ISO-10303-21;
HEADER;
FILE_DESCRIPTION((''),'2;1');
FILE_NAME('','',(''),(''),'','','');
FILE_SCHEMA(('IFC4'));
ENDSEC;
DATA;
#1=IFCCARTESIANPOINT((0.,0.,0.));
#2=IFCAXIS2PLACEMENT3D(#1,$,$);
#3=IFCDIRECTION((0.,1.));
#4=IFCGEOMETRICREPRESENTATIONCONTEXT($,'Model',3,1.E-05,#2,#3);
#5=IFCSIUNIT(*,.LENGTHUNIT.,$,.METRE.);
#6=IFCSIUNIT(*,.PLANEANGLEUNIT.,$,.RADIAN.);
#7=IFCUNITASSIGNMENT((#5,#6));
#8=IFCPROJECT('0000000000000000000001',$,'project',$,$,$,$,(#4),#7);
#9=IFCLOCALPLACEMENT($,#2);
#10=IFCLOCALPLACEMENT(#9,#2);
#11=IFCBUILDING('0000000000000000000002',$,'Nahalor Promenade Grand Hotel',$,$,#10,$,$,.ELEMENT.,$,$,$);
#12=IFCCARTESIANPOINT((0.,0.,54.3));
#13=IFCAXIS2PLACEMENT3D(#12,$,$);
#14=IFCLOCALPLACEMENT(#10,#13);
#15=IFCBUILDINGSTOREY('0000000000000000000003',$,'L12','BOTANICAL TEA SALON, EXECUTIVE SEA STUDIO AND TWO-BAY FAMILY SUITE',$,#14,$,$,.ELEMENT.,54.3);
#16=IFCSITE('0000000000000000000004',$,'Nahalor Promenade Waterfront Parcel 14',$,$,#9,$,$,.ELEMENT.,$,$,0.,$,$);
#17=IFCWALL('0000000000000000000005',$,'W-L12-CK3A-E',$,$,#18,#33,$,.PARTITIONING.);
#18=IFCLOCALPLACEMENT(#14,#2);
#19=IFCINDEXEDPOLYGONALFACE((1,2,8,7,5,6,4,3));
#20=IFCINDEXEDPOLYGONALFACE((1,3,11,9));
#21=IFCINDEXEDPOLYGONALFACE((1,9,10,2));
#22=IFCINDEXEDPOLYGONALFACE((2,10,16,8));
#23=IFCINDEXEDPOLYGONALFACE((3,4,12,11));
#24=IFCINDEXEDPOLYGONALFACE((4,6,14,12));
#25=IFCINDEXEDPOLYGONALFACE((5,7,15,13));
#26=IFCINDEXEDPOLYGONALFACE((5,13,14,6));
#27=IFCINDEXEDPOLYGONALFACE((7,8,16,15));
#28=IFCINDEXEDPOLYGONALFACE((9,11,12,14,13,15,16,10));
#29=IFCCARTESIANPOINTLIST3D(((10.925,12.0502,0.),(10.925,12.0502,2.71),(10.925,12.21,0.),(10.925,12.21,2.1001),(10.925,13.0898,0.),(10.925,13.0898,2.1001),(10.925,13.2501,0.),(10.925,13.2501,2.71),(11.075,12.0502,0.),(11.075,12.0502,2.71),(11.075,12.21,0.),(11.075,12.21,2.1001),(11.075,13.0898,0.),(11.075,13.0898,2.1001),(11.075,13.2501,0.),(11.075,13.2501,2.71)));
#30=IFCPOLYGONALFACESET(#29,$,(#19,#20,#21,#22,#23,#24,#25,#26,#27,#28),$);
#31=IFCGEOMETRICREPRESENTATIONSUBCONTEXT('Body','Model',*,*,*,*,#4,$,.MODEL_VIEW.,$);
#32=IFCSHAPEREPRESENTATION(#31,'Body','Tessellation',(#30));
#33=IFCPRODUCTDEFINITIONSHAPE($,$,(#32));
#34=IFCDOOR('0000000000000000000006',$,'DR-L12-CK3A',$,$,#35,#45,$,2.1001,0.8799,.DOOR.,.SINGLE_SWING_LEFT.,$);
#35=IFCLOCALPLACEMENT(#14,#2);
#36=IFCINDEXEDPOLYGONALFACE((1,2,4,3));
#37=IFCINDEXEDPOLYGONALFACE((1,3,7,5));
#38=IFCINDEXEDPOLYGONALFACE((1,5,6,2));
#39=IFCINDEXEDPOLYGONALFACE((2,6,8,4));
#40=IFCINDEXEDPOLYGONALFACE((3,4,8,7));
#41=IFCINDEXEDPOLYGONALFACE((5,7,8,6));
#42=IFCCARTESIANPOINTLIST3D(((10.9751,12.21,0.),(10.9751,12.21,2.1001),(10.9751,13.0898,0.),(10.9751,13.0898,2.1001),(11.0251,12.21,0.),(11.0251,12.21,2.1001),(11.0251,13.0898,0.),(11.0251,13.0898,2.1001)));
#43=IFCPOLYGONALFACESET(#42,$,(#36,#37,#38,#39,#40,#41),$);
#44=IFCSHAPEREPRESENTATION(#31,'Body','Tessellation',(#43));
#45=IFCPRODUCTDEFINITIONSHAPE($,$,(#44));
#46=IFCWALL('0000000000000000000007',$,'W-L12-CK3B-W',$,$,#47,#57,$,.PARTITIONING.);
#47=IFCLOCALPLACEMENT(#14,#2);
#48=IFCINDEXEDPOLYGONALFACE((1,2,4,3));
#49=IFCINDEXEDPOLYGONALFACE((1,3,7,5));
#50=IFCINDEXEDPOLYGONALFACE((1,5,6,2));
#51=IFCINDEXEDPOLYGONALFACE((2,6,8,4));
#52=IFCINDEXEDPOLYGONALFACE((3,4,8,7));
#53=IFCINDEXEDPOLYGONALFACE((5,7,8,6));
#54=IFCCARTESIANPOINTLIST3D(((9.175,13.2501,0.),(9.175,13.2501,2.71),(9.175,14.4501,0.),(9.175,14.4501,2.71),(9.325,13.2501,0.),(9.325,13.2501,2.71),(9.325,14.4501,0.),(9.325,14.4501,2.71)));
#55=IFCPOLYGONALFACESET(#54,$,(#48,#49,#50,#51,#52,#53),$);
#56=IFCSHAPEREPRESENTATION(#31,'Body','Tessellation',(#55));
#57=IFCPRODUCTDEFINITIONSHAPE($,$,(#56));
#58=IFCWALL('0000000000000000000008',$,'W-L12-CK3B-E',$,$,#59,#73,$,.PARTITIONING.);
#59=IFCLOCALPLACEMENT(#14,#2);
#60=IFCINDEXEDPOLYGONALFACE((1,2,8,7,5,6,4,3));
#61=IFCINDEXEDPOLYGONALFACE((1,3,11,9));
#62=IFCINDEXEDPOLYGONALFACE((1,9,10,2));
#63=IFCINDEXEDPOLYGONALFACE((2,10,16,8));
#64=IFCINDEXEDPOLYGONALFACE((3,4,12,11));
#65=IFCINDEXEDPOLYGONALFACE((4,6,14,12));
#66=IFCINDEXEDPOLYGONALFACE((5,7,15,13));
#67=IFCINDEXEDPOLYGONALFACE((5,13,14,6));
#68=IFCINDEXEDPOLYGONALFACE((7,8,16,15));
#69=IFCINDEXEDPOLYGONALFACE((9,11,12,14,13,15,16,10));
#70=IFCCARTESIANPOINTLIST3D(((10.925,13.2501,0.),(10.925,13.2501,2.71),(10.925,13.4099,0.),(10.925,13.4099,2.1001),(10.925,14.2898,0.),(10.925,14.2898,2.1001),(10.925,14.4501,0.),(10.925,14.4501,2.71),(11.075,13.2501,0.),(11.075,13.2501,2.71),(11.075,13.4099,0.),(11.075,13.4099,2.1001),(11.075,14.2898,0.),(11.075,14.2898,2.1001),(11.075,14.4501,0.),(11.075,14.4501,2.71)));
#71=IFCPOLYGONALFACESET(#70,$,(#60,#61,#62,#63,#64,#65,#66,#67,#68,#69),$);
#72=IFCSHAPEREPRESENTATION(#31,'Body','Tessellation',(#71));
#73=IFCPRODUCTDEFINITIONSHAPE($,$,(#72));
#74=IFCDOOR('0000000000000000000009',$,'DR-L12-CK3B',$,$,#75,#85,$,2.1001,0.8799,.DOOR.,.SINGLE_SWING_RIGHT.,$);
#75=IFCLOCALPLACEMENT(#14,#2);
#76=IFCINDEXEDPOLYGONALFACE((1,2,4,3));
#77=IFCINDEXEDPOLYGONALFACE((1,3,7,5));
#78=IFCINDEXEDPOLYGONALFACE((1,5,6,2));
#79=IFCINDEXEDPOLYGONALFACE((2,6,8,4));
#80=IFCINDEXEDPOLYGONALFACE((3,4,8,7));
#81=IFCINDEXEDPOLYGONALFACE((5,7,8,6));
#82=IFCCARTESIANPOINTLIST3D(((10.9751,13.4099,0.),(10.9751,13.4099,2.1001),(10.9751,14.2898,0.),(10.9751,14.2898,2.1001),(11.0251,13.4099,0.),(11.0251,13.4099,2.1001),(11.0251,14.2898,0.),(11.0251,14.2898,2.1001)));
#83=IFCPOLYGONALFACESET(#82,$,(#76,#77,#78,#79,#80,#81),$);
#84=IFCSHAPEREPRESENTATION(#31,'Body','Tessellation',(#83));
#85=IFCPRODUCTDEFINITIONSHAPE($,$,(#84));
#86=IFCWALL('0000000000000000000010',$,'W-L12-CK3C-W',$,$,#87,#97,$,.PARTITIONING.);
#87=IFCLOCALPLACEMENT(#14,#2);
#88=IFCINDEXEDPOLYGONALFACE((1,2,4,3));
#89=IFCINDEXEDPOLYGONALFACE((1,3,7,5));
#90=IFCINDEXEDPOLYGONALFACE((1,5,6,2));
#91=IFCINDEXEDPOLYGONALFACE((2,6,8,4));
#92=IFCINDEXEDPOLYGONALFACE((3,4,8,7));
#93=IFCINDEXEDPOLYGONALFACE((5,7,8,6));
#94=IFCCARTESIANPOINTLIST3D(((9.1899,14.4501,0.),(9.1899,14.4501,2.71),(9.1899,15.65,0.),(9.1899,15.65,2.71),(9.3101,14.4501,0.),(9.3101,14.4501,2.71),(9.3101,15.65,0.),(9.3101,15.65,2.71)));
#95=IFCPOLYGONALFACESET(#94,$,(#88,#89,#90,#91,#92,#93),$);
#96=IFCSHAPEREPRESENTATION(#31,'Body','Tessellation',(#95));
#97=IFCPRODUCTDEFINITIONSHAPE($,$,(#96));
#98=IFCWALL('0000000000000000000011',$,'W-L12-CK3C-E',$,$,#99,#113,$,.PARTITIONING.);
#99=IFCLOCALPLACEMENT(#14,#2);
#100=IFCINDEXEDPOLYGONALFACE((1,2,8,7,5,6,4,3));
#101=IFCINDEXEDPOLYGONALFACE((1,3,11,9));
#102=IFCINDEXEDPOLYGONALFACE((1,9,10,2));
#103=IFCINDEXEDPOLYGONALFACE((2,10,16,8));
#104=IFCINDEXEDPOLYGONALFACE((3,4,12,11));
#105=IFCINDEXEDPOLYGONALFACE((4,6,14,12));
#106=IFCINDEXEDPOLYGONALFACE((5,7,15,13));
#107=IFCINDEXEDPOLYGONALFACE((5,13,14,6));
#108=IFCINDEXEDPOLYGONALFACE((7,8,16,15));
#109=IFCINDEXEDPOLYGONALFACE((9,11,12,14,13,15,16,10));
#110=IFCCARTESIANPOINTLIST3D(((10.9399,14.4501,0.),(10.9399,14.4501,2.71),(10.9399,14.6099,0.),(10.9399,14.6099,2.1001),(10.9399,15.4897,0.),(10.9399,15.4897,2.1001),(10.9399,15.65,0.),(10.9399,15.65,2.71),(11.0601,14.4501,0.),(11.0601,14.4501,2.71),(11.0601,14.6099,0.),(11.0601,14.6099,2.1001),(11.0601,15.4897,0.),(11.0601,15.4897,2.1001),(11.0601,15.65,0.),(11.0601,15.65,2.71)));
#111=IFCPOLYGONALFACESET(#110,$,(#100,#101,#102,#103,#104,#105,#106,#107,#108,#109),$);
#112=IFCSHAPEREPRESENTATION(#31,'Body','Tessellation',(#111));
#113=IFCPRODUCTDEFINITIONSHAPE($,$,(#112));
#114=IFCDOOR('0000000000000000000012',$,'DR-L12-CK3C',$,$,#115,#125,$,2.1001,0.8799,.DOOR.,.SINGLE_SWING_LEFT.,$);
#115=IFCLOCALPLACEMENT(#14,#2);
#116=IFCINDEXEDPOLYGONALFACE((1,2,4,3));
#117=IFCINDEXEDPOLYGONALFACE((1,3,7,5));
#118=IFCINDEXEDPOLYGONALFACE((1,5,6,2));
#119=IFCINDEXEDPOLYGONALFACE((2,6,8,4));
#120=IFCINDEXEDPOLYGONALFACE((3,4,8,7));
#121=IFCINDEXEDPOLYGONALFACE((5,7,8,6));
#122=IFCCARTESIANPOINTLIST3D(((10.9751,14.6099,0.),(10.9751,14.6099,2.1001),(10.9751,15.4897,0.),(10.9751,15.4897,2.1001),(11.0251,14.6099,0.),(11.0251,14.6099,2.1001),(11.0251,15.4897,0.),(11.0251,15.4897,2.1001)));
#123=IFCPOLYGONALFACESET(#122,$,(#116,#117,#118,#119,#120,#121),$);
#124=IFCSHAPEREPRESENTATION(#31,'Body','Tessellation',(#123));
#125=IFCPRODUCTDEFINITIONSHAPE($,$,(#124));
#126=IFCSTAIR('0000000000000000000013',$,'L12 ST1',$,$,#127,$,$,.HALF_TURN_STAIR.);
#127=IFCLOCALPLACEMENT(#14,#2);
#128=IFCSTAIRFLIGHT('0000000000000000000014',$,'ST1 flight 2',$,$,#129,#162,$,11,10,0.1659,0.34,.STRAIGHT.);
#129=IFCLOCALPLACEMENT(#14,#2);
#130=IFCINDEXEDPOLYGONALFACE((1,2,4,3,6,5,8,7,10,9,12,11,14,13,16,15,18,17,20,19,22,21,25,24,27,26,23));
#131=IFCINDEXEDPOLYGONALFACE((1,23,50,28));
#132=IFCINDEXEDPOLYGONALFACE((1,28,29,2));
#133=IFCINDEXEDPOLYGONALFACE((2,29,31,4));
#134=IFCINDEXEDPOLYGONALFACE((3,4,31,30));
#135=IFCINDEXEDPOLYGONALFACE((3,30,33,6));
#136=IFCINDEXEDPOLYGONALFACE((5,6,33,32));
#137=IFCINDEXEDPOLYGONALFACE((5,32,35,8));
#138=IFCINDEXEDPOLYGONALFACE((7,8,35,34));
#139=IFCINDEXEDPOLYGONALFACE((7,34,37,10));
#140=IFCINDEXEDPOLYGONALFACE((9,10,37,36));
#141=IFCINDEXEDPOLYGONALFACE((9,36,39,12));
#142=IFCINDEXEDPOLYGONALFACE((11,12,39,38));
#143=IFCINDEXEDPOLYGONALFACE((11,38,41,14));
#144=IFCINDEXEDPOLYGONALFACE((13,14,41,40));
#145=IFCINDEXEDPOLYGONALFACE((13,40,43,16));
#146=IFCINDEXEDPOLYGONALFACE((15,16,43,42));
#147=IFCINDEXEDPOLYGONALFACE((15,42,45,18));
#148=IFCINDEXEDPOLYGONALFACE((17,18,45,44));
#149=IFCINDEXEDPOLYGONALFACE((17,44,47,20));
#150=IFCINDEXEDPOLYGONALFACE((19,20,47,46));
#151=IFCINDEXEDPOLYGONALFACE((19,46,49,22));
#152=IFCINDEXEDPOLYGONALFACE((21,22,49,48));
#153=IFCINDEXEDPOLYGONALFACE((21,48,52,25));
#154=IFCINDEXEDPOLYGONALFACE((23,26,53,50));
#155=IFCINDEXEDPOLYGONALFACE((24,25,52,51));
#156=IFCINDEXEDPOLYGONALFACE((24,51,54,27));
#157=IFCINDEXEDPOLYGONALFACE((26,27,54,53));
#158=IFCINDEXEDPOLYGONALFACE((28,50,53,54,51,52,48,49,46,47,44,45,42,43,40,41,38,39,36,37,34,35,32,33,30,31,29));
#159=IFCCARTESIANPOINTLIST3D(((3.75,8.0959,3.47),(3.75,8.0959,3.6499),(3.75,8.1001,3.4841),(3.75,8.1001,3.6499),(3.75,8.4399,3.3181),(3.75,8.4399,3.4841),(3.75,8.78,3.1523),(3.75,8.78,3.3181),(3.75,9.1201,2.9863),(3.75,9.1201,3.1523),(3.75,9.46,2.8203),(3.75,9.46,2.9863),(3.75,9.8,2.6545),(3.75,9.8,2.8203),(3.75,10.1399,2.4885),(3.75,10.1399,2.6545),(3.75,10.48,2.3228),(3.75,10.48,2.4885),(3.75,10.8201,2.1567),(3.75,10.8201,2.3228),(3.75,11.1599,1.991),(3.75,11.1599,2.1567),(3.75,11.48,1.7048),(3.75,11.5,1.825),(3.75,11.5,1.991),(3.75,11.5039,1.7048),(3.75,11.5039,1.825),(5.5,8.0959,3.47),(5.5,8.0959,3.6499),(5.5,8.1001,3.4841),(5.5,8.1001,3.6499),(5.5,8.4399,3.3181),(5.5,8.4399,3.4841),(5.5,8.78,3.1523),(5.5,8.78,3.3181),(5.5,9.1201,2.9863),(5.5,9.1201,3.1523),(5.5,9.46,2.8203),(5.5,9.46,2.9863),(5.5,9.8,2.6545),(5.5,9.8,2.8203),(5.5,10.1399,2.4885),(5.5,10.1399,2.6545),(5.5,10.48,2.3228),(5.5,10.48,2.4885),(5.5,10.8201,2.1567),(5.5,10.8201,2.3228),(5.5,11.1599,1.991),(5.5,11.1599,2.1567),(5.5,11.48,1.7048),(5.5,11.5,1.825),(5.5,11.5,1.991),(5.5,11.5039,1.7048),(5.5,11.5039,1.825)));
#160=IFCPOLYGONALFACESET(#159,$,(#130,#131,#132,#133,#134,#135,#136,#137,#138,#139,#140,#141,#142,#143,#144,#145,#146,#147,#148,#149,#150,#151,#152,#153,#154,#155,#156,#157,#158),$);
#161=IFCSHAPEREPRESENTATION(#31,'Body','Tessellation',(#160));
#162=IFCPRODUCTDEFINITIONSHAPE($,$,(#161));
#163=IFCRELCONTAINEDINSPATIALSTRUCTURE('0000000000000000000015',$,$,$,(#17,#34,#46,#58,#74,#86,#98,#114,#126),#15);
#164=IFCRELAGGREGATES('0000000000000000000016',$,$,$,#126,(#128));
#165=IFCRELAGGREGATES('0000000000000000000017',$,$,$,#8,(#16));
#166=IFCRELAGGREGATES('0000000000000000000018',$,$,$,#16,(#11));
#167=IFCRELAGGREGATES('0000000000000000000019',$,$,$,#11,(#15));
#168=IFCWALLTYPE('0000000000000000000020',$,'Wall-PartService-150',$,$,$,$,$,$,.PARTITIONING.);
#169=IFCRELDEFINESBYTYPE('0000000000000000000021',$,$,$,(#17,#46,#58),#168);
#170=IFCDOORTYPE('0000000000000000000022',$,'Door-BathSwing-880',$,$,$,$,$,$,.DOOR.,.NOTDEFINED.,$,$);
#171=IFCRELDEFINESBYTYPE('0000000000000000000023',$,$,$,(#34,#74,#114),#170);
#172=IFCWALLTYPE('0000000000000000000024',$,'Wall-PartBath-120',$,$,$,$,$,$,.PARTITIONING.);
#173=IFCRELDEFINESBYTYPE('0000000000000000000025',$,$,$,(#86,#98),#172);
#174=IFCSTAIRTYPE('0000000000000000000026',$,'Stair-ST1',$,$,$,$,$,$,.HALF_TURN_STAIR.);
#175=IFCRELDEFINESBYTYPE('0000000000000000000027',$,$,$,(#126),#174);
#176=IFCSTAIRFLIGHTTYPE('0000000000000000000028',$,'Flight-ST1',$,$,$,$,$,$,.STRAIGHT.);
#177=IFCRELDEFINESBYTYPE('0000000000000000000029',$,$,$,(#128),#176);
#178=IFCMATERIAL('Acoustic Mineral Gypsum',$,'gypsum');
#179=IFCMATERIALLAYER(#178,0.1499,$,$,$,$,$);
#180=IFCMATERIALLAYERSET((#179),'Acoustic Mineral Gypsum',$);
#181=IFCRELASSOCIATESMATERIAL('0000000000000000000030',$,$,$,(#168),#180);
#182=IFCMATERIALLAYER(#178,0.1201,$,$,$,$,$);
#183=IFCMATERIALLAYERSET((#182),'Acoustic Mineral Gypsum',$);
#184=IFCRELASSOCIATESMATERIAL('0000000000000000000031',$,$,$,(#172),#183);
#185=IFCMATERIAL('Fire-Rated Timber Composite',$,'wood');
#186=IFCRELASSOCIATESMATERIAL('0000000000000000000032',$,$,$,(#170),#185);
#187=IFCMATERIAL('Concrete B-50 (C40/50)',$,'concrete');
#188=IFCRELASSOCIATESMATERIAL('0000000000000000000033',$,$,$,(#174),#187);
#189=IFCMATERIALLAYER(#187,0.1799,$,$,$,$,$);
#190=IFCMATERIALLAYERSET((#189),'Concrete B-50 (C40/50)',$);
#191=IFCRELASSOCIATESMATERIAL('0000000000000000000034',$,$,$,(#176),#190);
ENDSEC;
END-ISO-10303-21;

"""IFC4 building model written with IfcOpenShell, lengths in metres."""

from ifc_helpers import new_model, si_unit, direction, frame, frame_2d, origin, place, context, subcontext, project, spatial, polyline, rectangle, outline, extrude, source, transform, mapped, material, layer, layer_set, type_object, element, fill, aggregate, save


model = new_model("IFC4")

# Units and contexts
model_context = context("Model", 3, precision=1e-05, world=origin(), true_north=direction((0.0, 1.0)))
body_context = subcontext(model_context, "Body", "Model", "MODEL_VIEW")
ifc_project = project(units=[si_unit("LENGTHUNIT", "METRE"), si_unit("PLANEANGLEUNIT", "RADIAN")], contexts=[model_context])

# Site, building, storey
site_placement = place(None, origin())
site = spatial("IfcSite", under=ifc_project, at=site_placement, Name="Nahalor Promenade Waterfront Parcel 14", CompositionType="ELEMENT", RefElevation=0.0)
building_placement = place(site_placement, origin())
building = spatial("IfcBuilding", under=site, at=building_placement, Name="Nahalor Promenade Grand Hotel", CompositionType="ELEMENT")
storey_placement = place(building_placement, frame((0.0, 0.0, 54.3)))
storey = spatial("IfcBuildingStorey", under=building, at=storey_placement, Name="L12", Description="BOTANICAL TEA SALON, EXECUTIVE SEA STUDIO AND TWO-BAY FAMILY SUITE", CompositionType="ELEMENT", Elevation=54.3)

# Shared definitions
ifc_material_1 = material(Name="Concrete B-50 (C40/50)", Category="concrete")
ifc_material_2 = material(Name="Acoustic Mineral Gypsum", Category="gypsum")
ifc_layer_1 = layer(ifc_material_2, 0.1499)
ifc_layer_set_1 = layer_set([ifc_layer_1], Name="Acoustic Mineral Gypsum")
wall_type_1 = type_object("IfcWallType", Name="Wall-PartService-150", PredefinedType="PARTITIONING", material=ifc_layer_set_1)
ifc_layer_2 = layer(ifc_material_2, 0.1201)
ifc_layer_set_2 = layer_set([ifc_layer_2], Name="Acoustic Mineral Gypsum")
wall_type_2 = type_object("IfcWallType", Name="Wall-PartBath-120", PredefinedType="PARTITIONING", material=ifc_layer_set_2)
shared_shape_1 = source(origin(), body_context, "Body", "SweptSolid", [
    extrude(rectangle(XDim=1.2, YDim=0.1499, at=frame_2d((0.6001, 0.0))), origin(), (0.0, 0.0, 1.0), 2.71),
])

# Wall, opening, door
wall_1_placement = place(storey_placement, frame((11.0, 12.05, 0.0), z_axis=(0.0, 0.0, 1.0), x_axis=(0.0, 1.0, 0.0)))
wall_1 = element("IfcWall", 1, at=wall_1_placement, inside=storey, type_object=wall_type_1, Name="W-L12-CK3A-E", PredefinedType="PARTITIONING", context=body_context, shape_type="MappedRepresentation", body=[
    mapped(shared_shape_1, transform((0.0, 0.0, 0.0), scale=1.0)),
])
opening_1_placement = place(wall_1_placement, frame((0.1599, 0.0, 0.0)))
opening_1 = element("IfcOpeningElement", 2, at=opening_1_placement, cuts=wall_1, PredefinedType="OPENING", context=body_context, shape_type="SweptSolid", body=[
    extrude(rectangle(XDim=0.8799, YDim=2.1001, at=frame_2d((0.4399, 1.05))), frame((0.0, 0.085, 0.0), z_axis=(0.0, -1.0, 0.0), x_axis=(1.0, 0.0, 0.0)), (0.0, 0.0, 1.0), 0.1699),
])
ifc_material_3 = material(Name="Fire-Rated Timber Composite", Category="wood")
door_type = type_object("IfcDoorType", Name="Door-BathSwing-880", OperationType="NOTDEFINED", PredefinedType="DOOR", material=ifc_material_3)
shared_shape_2 = source(origin(), body_context, "Body", "SweptSolid", [
    extrude(rectangle(XDim=0.8799, YDim=2.1001, at=frame_2d((0.4399, 1.05))), frame((0.0, 0.0249, 0.0), z_axis=(0.0, -1.0, 0.0), x_axis=(1.0, 0.0, 0.0)), (0.0, 0.0, 1.0), 0.05),
])
door_1_placement = place(opening_1_placement, origin())
door_1 = element("IfcDoor", 3, at=door_1_placement, inside=storey, type_object=door_type, Name="DR-L12-CK3A", OperationType="SINGLE_SWING_LEFT", OverallHeight=2.1001, OverallWidth=0.8799, PredefinedType="DOOR", context=body_context, shape_type="MappedRepresentation", body=[
    mapped(shared_shape_2, transform((0.0, 0.0, 0.0), scale=1.0)),
])
fill(opening_1, door_1)

# Wall
wall_2_placement = place(storey_placement, frame((9.25, 13.25, 0.0), z_axis=(0.0, 0.0, 1.0), x_axis=(0.0, 1.0, 0.0)))
element("IfcWall", 4, at=wall_2_placement, inside=storey, type_object=wall_type_1, Name="W-L12-CK3B-W", PredefinedType="PARTITIONING", context=body_context, shape_type="MappedRepresentation", body=[
    mapped(shared_shape_1, transform((0.0, 0.0, 0.0), scale=1.0)),
])

# Wall, opening, door
wall_3_placement = place(storey_placement, frame((11.0, 13.25, 0.0), z_axis=(0.0, 0.0, 1.0), x_axis=(0.0, 1.0, 0.0)))
wall_3 = element("IfcWall", 5, at=wall_3_placement, inside=storey, type_object=wall_type_1, Name="W-L12-CK3B-E", PredefinedType="PARTITIONING", context=body_context, shape_type="MappedRepresentation", body=[
    mapped(shared_shape_1, transform((0.0, 0.0, 0.0), scale=1.0)),
])
opening_2_placement = place(wall_3_placement, frame((0.1599, 0.0, 0.0)))
opening_2 = element("IfcOpeningElement", 6, at=opening_2_placement, cuts=wall_3, PredefinedType="OPENING", context=body_context, shape_type="SweptSolid", body=[
    extrude(rectangle(XDim=0.8799, YDim=2.1001, at=frame_2d((0.4399, 1.05))), frame((0.0, 0.085, 0.0), z_axis=(0.0, -1.0, 0.0), x_axis=(1.0, 0.0, 0.0)), (0.0, 0.0, 1.0), 0.1699),
])
door_2_placement = place(opening_2_placement, origin())
door_2 = element("IfcDoor", 7, at=door_2_placement, inside=storey, type_object=door_type, Name="DR-L12-CK3B", OperationType="SINGLE_SWING_RIGHT", OverallHeight=2.1001, OverallWidth=0.8799, PredefinedType="DOOR", context=body_context, shape_type="MappedRepresentation", body=[
    mapped(shared_shape_2, transform((0.0, 0.0, 0.0), scale=1.0)),
])
fill(opening_2, door_2)

# Wall
shared_shape_3 = source(origin(), body_context, "Body", "SweptSolid", [
    extrude(rectangle(XDim=1.2, YDim=0.1201, at=frame_2d((0.6001, 0.0))), origin(), (0.0, 0.0, 1.0), 2.71),
])
wall_4_placement = place(storey_placement, frame((9.25, 14.45, 0.0), z_axis=(0.0, 0.0, 1.0), x_axis=(0.0, 1.0, 0.0)))
element("IfcWall", 8, at=wall_4_placement, inside=storey, type_object=wall_type_2, Name="W-L12-CK3C-W", PredefinedType="PARTITIONING", context=body_context, shape_type="MappedRepresentation", body=[
    mapped(shared_shape_3, transform((0.0, 0.0, 0.0), scale=1.0)),
])

# Wall, opening, door
wall_5_placement = place(storey_placement, frame((11.0, 14.45, 0.0), z_axis=(0.0, 0.0, 1.0), x_axis=(0.0, 1.0, 0.0)))
wall_5 = element("IfcWall", 9, at=wall_5_placement, inside=storey, type_object=wall_type_2, Name="W-L12-CK3C-E", PredefinedType="PARTITIONING", context=body_context, shape_type="MappedRepresentation", body=[
    mapped(shared_shape_3, transform((0.0, 0.0, 0.0), scale=1.0)),
])
opening_3_placement = place(wall_5_placement, frame((0.1599, 0.0, 0.0)))
opening_3 = element("IfcOpeningElement", 10, at=opening_3_placement, cuts=wall_5, PredefinedType="OPENING", context=body_context, shape_type="SweptSolid", body=[
    extrude(rectangle(XDim=0.8799, YDim=2.1001, at=frame_2d((0.4399, 1.05))), frame((0.0, 0.0701, 0.0), z_axis=(0.0, -1.0, 0.0), x_axis=(1.0, 0.0, 0.0)), (0.0, 0.0, 1.0), 0.1401),
])
door_3_placement = place(opening_3_placement, origin())
door_3 = element("IfcDoor", 11, at=door_3_placement, inside=storey, type_object=door_type, Name="DR-L12-CK3C", OperationType="SINGLE_SWING_LEFT", OverallHeight=2.1001, OverallWidth=0.8799, PredefinedType="DOOR", context=body_context, shape_type="MappedRepresentation", body=[
    mapped(shared_shape_2, transform((0.0, 0.0, 0.0), scale=1.0)),
])
fill(opening_3, door_3)

# Stair, stair flight
stair_type = type_object("IfcStairType", Name="Stair-ST1", PredefinedType="HALF_TURN_STAIR", material=ifc_material_1)
stair_placement = place(storey_placement, origin())
stair = element("IfcStair", 12, at=stair_placement, inside=storey, type_object=stair_type, Name="L12 ST1", PredefinedType="HALF_TURN_STAIR")
ifc_layer_3 = layer(ifc_material_1, 0.1799)
ifc_layer_set_3 = layer_set([ifc_layer_3], Name="Concrete B-50 (C40/50)")
stair_flight_type = type_object("IfcStairFlightType", Name="Flight-ST1", PredefinedType="STRAIGHT", material=ifc_layer_set_3)
shared_shape_4 = source(origin(), body_context, "Body", "SweptSolid", [
    extrude(outline(polyline([(-0.0039, -0.1201), (-0.0039, 0.0), (0.0, 0.0), (0.0, 0.166), (0.3401, 0.166), (0.3401, 0.3318), (0.6799, 0.3318), (0.6799, 0.4978), (1.02, 0.4978), (1.02, 0.6636), (1.3601, 0.6636), (1.3601, 0.8296), (1.7, 0.8296), (1.7, 0.9954), (2.04, 0.9954), (2.04, 1.1614), (2.3799, 1.1614), (2.3799, 1.3274), (2.72, 1.3274), (2.72, 1.4932), (3.0601, 1.4932), (3.0601, 1.6592), (3.3999, 1.6592), (3.3999, 1.825), (3.4041, 1.825), (3.4041, 1.645), (0.02, -0.1201), (-0.0039, -0.1201)])), frame((0.0, 0.875, 0.0), z_axis=(0.0, -1.0, 0.0), x_axis=(1.0, 0.0, 0.0)), (0.0, 0.0, 1.0), 1.75),
])
stair_flight_placement = place(storey_placement, frame((4.625, 11.5, 1.825), z_axis=(0.0, 0.0, 1.0), x_axis=(0.0, -1.0, 0.0)))
stair_flight = element("IfcStairFlight", 13, at=stair_flight_placement, type_object=stair_flight_type, Name="ST1 flight 2", NumberOfRisers=11, NumberOfTreads=10, PredefinedType="STRAIGHT", RiserHeight=0.1659, TreadLength=0.34, context=body_context, shape_type="MappedRepresentation", body=[
    mapped(shared_shape_4, transform((0.0, 0.0, 0.0), scale=1.0)),
])
aggregate(stair, [stair_flight])

save(model, "model.ifc")
